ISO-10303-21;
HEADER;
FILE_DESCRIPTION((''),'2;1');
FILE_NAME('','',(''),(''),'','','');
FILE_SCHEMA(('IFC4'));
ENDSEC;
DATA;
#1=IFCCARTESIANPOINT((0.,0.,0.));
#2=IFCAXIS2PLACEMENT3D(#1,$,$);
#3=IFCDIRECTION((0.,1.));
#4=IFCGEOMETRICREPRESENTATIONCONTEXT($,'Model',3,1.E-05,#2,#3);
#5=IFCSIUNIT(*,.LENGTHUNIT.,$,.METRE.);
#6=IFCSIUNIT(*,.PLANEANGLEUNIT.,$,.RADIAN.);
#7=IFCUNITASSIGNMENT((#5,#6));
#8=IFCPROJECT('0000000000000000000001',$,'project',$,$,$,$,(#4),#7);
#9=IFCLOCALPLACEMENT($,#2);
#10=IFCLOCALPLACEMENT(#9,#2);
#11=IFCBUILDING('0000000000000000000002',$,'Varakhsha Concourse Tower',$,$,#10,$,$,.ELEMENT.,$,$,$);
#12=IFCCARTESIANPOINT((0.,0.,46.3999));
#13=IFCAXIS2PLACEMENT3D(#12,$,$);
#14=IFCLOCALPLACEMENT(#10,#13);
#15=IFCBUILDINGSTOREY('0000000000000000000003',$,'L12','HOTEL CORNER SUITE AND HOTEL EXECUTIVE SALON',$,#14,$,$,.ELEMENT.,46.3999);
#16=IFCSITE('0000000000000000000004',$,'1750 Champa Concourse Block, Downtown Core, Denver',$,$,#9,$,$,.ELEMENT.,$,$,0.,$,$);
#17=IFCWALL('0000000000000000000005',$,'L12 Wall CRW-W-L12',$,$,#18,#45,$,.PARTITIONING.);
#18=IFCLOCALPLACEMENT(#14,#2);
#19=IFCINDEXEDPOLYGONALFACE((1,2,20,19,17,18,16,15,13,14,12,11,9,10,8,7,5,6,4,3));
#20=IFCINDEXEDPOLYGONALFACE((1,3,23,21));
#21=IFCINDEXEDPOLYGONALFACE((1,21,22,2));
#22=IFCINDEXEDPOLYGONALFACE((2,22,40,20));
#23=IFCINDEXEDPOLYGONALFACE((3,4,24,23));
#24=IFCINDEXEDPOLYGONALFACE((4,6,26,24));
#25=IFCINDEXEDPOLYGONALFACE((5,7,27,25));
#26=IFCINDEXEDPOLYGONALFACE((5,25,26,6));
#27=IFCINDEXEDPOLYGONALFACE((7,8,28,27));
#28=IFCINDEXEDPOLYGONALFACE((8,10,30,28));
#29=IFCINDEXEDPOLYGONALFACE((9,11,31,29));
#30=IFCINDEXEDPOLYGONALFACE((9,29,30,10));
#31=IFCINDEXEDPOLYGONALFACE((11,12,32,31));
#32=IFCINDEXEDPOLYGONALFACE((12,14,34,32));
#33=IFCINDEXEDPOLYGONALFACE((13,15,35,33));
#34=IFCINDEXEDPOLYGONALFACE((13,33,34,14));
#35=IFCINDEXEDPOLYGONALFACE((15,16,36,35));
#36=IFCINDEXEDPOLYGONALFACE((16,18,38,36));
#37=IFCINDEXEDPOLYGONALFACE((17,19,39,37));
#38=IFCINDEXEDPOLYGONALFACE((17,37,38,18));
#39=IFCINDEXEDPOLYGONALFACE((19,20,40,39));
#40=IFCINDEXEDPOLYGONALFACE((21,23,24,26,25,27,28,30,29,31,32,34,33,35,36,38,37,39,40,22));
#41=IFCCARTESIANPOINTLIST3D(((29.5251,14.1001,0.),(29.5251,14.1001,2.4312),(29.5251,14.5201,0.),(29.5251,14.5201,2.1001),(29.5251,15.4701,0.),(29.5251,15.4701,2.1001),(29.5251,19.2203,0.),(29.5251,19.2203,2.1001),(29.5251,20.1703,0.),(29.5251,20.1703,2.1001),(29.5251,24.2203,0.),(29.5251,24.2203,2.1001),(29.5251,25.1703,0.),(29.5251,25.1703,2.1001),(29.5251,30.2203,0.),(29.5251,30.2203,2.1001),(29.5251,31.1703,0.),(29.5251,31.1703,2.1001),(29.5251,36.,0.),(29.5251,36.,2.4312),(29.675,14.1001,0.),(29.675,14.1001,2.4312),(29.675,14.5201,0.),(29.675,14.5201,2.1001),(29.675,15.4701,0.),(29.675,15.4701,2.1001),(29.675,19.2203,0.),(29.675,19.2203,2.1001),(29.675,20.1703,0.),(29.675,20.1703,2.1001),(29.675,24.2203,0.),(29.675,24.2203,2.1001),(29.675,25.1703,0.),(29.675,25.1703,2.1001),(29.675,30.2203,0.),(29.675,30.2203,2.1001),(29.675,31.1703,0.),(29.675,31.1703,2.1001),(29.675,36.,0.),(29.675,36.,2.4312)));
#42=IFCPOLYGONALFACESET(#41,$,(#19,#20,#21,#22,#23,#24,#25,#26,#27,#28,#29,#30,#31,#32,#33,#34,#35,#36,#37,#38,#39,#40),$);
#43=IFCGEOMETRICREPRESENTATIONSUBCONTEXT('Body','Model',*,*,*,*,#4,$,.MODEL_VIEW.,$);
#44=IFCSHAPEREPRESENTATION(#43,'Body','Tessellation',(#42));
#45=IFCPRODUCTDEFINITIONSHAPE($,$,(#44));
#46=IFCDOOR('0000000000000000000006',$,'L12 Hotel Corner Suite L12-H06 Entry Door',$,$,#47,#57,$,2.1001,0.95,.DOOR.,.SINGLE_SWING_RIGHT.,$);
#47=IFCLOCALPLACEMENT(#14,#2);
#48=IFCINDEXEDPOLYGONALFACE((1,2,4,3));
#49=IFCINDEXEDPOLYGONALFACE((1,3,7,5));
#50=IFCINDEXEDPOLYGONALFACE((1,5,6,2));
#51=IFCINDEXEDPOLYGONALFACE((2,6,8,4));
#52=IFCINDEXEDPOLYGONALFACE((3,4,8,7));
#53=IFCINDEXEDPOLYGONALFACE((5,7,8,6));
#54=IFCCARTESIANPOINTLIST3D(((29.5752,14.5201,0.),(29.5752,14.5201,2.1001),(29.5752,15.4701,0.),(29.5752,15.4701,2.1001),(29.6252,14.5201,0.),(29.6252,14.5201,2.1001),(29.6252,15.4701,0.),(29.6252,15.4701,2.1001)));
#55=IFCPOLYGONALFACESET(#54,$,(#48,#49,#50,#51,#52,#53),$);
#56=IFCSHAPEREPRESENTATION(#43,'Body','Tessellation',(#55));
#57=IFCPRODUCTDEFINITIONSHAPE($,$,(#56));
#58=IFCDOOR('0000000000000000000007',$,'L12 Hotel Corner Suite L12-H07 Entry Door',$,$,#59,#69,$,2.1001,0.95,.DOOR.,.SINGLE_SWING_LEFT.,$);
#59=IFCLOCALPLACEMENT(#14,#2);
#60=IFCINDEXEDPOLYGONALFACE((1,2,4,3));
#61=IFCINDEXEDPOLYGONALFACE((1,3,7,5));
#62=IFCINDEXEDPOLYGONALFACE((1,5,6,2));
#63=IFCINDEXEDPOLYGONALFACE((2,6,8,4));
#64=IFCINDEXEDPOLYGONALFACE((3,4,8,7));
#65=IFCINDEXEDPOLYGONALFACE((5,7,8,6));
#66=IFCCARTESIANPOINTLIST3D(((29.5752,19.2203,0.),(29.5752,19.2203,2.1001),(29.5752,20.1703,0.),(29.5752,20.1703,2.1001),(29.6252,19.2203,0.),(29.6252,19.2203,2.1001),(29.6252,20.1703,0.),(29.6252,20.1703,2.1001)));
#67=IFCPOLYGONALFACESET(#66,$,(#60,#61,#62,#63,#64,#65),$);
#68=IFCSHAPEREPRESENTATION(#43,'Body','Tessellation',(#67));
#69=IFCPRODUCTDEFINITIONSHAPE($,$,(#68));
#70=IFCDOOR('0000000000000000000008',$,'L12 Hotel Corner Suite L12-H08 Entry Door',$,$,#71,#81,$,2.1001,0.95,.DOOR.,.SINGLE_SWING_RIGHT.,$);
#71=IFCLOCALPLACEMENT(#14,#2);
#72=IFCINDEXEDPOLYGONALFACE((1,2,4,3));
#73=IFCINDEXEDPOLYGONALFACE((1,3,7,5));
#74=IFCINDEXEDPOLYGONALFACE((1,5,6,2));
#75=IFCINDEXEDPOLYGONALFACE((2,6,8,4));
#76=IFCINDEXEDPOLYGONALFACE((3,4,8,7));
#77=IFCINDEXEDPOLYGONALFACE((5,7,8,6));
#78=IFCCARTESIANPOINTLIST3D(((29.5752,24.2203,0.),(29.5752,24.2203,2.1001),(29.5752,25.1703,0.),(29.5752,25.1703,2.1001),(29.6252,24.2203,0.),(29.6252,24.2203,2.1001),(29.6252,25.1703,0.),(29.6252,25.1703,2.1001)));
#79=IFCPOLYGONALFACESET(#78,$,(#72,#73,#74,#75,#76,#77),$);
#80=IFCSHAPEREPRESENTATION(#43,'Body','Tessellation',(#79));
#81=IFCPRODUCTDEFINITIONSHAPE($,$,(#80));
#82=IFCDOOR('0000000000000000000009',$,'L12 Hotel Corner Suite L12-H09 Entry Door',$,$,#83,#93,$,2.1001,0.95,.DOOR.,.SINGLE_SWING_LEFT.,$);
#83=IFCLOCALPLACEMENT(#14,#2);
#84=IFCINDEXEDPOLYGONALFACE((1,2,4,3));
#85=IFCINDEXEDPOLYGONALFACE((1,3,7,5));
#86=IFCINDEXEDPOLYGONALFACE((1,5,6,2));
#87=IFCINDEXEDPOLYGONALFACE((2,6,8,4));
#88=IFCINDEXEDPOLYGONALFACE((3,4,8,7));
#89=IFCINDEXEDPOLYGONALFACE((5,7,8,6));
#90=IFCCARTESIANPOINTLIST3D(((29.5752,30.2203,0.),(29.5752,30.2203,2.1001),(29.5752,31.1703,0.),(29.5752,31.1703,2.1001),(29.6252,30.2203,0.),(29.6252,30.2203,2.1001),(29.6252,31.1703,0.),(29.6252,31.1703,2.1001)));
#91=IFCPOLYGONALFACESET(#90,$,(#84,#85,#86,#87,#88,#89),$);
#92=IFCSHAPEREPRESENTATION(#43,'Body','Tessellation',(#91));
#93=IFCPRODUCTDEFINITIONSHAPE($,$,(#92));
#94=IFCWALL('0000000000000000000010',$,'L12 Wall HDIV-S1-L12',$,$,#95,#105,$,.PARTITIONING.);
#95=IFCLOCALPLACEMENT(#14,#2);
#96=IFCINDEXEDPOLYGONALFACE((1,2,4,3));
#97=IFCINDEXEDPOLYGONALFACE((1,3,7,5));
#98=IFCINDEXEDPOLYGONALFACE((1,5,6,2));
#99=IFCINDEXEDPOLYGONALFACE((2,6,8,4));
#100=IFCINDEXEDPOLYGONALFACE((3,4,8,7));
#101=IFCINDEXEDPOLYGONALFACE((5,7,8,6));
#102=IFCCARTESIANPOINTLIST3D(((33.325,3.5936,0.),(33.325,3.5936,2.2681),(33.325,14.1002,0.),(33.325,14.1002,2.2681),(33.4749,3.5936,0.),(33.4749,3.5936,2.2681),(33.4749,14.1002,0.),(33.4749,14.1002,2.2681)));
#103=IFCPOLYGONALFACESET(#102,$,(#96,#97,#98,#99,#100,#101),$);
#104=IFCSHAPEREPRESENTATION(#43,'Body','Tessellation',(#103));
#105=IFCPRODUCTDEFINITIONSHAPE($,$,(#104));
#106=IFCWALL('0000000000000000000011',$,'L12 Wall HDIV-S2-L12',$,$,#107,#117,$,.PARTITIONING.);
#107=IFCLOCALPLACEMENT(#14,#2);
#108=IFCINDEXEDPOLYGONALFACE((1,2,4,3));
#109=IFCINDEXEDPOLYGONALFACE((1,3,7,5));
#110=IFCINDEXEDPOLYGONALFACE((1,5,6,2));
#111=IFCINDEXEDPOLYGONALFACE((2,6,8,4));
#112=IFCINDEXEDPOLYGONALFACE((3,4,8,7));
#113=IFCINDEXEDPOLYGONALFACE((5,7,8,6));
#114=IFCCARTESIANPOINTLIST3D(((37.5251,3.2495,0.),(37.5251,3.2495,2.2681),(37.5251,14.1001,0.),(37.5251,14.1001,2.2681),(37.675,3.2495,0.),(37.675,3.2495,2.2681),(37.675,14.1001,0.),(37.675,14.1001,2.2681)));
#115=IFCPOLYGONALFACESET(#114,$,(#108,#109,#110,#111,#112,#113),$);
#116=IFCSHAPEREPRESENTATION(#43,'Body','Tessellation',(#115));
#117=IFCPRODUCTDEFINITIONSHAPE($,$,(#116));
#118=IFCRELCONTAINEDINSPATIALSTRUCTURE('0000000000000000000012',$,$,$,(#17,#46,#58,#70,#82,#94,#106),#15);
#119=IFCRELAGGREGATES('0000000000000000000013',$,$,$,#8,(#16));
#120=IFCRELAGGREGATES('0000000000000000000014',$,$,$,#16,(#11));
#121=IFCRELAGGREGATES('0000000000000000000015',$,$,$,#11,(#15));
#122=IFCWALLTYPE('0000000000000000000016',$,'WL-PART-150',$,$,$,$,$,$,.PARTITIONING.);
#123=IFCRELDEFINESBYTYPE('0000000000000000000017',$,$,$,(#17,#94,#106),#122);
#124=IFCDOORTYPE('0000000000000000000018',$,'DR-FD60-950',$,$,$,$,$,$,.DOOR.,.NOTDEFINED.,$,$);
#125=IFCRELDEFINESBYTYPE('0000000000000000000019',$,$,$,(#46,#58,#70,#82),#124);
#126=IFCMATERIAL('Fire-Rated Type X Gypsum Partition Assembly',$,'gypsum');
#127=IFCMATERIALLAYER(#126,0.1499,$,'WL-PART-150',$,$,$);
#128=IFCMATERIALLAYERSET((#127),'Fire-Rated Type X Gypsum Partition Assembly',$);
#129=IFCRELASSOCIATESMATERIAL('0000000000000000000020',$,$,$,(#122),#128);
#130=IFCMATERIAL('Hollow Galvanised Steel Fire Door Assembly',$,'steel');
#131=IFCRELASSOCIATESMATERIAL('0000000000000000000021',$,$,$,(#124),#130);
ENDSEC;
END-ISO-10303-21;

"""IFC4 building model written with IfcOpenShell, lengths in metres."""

from ifc_helpers import new_model, si_unit, direction, frame, frame_2d, origin, place, context, subcontext, project, spatial, rectangle, extrude, material, layer, layer_set, type_object, element, fill, save


model = new_model("IFC4")

# Units and contexts
model_context = context("Model", 3, precision=1e-05, world=origin(), true_north=direction((0.0, 1.0)))
body_context = subcontext(model_context, "Body", "Model", "MODEL_VIEW")
ifc_project = project(units=[si_unit("LENGTHUNIT", "METRE"), si_unit("PLANEANGLEUNIT", "RADIAN")], contexts=[model_context])

# Site, building, storey
site_placement = place(None, origin())
site = spatial("IfcSite", under=ifc_project, at=site_placement, Name="1750 Champa Concourse Block, Downtown Core, Denver", CompositionType="ELEMENT", RefElevation=0.0)
building_placement = place(site_placement, origin())
building = spatial("IfcBuilding", under=site, at=building_placement, Name="Varakhsha Concourse Tower", CompositionType="ELEMENT")
storey_placement = place(building_placement, frame((0.0, 0.0, 46.3999)))
storey = spatial("IfcBuildingStorey", under=building, at=storey_placement, Name="L12", Description="HOTEL CORNER SUITE AND HOTEL EXECUTIVE SALON", CompositionType="ELEMENT", Elevation=46.3999)

# Wall, openings, doors
ifc_material_1 = material(Name="Fire-Rated Type X Gypsum Partition Assembly", Category="gypsum")
ifc_layer_1 = layer(ifc_material_1, 0.1499, Name="WL-PART-150")
ifc_layer_set_1 = layer_set([ifc_layer_1], Name="Fire-Rated Type X Gypsum Partition Assembly")
wall_type_1 = type_object("IfcWallType", Name="WL-PART-150", PredefinedType="PARTITIONING", material=ifc_layer_set_1)
ifc_material_2 = material(Name="Hollow Galvanised Steel Fire Door Assembly", Category="steel")
door_type_1 = type_object("IfcDoorType", Name="DR-FD60-950", OperationType="NOTDEFINED", PredefinedType="DOOR", material=ifc_material_2)
wall_1_placement = place(storey_placement, frame((29.6001, 14.1001, 0.0), z_axis=(0.0, 0.0, 1.0), x_axis=(0.0, 1.0, 0.0)))
wall_1 = element("IfcWall", 1, at=wall_1_placement, inside=storey, type_object=wall_type_1, Name="L12 Wall CRW-W-L12", PredefinedType="PARTITIONING", context=body_context, shape_type="SweptSolid", body=[
    extrude(rectangle(XDim=21.8999, YDim=0.1499, at=frame_2d((10.95, 0.0))), origin(), (0.0, 0.0, 1.0), 2.4312),
])
opening_1_placement = place(wall_1_placement, frame((0.4199, 0.0, 0.0)))
opening_1 = element("IfcOpeningElement", 2, at=opening_1_placement, cuts=wall_1, PredefinedType="OPENING", context=body_context, shape_type="SweptSolid", body=[
    extrude(rectangle(XDim=0.95, YDim=2.1001, at=frame_2d((0.4751, 1.05))), frame((0.0, 0.085, 0.0), z_axis=(0.0, -1.0, 0.0), x_axis=(1.0, 0.0, 0.0)), (0.0, 0.0, 1.0), 0.1699),
])
opening_2_placement = place(wall_1_placement, frame((5.1201, 0.0, 0.0)))
opening_2 = element("IfcOpeningElement", 3, at=opening_2_placement, cuts=wall_1, PredefinedType="OPENING", context=body_context, shape_type="SweptSolid", body=[
    extrude(rectangle(XDim=0.95, YDim=2.1001, at=frame_2d((0.4751, 1.05))), frame((0.0, 0.085, 0.0), z_axis=(0.0, -1.0, 0.0), x_axis=(1.0, 0.0, 0.0)), (0.0, 0.0, 1.0), 0.1699),
])
opening_3_placement = place(wall_1_placement, frame((10.1201, 0.0, 0.0)))
opening_3 = element("IfcOpeningElement", 4, at=opening_3_placement, cuts=wall_1, PredefinedType="OPENING", context=body_context, shape_type="SweptSolid", body=[
    extrude(rectangle(XDim=0.95, YDim=2.1001, at=frame_2d((0.4751, 1.05))), frame((0.0, 0.085, 0.0), z_axis=(0.0, -1.0, 0.0), x_axis=(1.0, 0.0, 0.0)), (0.0, 0.0, 1.0), 0.1699),
])
opening_4_placement = place(wall_1_placement, frame((16.1201, 0.0, 0.0)))
opening_4 = element("IfcOpeningElement", 5, at=opening_4_placement, cuts=wall_1, PredefinedType="OPENING", context=body_context, shape_type="SweptSolid", body=[
    extrude(rectangle(XDim=0.95, YDim=2.1001, at=frame_2d((0.4751, 1.05))), frame((0.0, 0.085, 0.0), z_axis=(0.0, -1.0, 0.0), x_axis=(1.0, 0.0, 0.0)), (0.0, 0.0, 1.0), 0.1699),
])
door_1_placement = place(opening_1_placement, origin())
door_1 = element("IfcDoor", 6, at=door_1_placement, inside=storey, type_object=door_type_1, Name="L12 Hotel Corner Suite L12-H06 Entry Door", OperationType="SINGLE_SWING_RIGHT", OverallHeight=2.1001, OverallWidth=0.95, PredefinedType="DOOR", context=body_context, shape_type="SweptSolid", body=[
    extrude(rectangle(XDim=0.95, YDim=2.1001, at=frame_2d((0.4751, 1.05))), frame((0.0, 0.0249, 0.0), z_axis=(0.0, -1.0, 0.0), x_axis=(1.0, 0.0, 0.0)), (0.0, 0.0, 1.0), 0.05),
])
fill(opening_1, door_1)
door_2_placement = place(opening_2_placement, origin())
door_2 = element("IfcDoor", 7, at=door_2_placement, inside=storey, type_object=door_type_1, Name="L12 Hotel Corner Suite L12-H07 Entry Door", OperationType="SINGLE_SWING_LEFT", OverallHeight=2.1001, OverallWidth=0.95, PredefinedType="DOOR", context=body_context, shape_type="SweptSolid", body=[
    extrude(rectangle(XDim=0.95, YDim=2.1001, at=frame_2d((0.4751, 1.05))), frame((0.0, 0.0249, 0.0), z_axis=(0.0, -1.0, 0.0), x_axis=(1.0, 0.0, 0.0)), (0.0, 0.0, 1.0), 0.05),
])
fill(opening_2, door_2)
door_3_placement = place(opening_3_placement, origin())
door_3 = element("IfcDoor", 8, at=door_3_placement, inside=storey, type_object=door_type_1, Name="L12 Hotel Corner Suite L12-H08 Entry Door", OperationType="SINGLE_SWING_RIGHT", OverallHeight=2.1001, OverallWidth=0.95, PredefinedType="DOOR", context=body_context, shape_type="SweptSolid", body=[
    extrude(rectangle(XDim=0.95, YDim=2.1001, at=frame_2d((0.4751, 1.05))), frame((0.0, 0.0249, 0.0), z_axis=(0.0, -1.0, 0.0), x_axis=(1.0, 0.0, 0.0)), (0.0, 0.0, 1.0), 0.05),
])
fill(opening_3, door_3)
door_4_placement = place(opening_4_placement, origin())
door_4 = element("IfcDoor", 9, at=door_4_placement, inside=storey, type_object=door_type_1, Name="L12 Hotel Corner Suite L12-H09 Entry Door", OperationType="SINGLE_SWING_LEFT", OverallHeight=2.1001, OverallWidth=0.95, PredefinedType="DOOR", context=body_context, shape_type="SweptSolid", body=[
    extrude(rectangle(XDim=0.95, YDim=2.1001, at=frame_2d((0.4751, 1.05))), frame((0.0, 0.0249, 0.0), z_axis=(0.0, -1.0, 0.0), x_axis=(1.0, 0.0, 0.0)), (0.0, 0.0, 1.0), 0.05),
])
fill(opening_4, door_4)

# Walls
wall_2_placement = place(storey_placement, frame((33.3999, 3.5935, 0.0), z_axis=(0.0, 0.0, 1.0), x_axis=(0.0, 1.0, 0.0)))
element("IfcWall", 10, at=wall_2_placement, inside=storey, type_object=wall_type_1, Name="L12 Wall HDIV-S1-L12", PredefinedType="PARTITIONING", context=body_context, shape_type="SweptSolid", body=[
    extrude(rectangle(XDim=10.5066, YDim=0.1499, at=frame_2d((5.2534, 0.0))), origin(), (0.0, 0.0, 1.0), 2.2681),
])
wall_3_placement = place(storey_placement, frame((37.6001, 3.2495, 0.0), z_axis=(0.0, 0.0, 1.0), x_axis=(0.0, 1.0, 0.0)))
element("IfcWall", 11, at=wall_3_placement, inside=storey, type_object=wall_type_1, Name="L12 Wall HDIV-S2-L12", PredefinedType="PARTITIONING", context=body_context, shape_type="SweptSolid", body=[
    extrude(rectangle(XDim=10.8506, YDim=0.1499, at=frame_2d((5.4253, 0.0))), origin(), (0.0, 0.0, 1.0), 2.2681),
])

save(model, "model.ifc")
